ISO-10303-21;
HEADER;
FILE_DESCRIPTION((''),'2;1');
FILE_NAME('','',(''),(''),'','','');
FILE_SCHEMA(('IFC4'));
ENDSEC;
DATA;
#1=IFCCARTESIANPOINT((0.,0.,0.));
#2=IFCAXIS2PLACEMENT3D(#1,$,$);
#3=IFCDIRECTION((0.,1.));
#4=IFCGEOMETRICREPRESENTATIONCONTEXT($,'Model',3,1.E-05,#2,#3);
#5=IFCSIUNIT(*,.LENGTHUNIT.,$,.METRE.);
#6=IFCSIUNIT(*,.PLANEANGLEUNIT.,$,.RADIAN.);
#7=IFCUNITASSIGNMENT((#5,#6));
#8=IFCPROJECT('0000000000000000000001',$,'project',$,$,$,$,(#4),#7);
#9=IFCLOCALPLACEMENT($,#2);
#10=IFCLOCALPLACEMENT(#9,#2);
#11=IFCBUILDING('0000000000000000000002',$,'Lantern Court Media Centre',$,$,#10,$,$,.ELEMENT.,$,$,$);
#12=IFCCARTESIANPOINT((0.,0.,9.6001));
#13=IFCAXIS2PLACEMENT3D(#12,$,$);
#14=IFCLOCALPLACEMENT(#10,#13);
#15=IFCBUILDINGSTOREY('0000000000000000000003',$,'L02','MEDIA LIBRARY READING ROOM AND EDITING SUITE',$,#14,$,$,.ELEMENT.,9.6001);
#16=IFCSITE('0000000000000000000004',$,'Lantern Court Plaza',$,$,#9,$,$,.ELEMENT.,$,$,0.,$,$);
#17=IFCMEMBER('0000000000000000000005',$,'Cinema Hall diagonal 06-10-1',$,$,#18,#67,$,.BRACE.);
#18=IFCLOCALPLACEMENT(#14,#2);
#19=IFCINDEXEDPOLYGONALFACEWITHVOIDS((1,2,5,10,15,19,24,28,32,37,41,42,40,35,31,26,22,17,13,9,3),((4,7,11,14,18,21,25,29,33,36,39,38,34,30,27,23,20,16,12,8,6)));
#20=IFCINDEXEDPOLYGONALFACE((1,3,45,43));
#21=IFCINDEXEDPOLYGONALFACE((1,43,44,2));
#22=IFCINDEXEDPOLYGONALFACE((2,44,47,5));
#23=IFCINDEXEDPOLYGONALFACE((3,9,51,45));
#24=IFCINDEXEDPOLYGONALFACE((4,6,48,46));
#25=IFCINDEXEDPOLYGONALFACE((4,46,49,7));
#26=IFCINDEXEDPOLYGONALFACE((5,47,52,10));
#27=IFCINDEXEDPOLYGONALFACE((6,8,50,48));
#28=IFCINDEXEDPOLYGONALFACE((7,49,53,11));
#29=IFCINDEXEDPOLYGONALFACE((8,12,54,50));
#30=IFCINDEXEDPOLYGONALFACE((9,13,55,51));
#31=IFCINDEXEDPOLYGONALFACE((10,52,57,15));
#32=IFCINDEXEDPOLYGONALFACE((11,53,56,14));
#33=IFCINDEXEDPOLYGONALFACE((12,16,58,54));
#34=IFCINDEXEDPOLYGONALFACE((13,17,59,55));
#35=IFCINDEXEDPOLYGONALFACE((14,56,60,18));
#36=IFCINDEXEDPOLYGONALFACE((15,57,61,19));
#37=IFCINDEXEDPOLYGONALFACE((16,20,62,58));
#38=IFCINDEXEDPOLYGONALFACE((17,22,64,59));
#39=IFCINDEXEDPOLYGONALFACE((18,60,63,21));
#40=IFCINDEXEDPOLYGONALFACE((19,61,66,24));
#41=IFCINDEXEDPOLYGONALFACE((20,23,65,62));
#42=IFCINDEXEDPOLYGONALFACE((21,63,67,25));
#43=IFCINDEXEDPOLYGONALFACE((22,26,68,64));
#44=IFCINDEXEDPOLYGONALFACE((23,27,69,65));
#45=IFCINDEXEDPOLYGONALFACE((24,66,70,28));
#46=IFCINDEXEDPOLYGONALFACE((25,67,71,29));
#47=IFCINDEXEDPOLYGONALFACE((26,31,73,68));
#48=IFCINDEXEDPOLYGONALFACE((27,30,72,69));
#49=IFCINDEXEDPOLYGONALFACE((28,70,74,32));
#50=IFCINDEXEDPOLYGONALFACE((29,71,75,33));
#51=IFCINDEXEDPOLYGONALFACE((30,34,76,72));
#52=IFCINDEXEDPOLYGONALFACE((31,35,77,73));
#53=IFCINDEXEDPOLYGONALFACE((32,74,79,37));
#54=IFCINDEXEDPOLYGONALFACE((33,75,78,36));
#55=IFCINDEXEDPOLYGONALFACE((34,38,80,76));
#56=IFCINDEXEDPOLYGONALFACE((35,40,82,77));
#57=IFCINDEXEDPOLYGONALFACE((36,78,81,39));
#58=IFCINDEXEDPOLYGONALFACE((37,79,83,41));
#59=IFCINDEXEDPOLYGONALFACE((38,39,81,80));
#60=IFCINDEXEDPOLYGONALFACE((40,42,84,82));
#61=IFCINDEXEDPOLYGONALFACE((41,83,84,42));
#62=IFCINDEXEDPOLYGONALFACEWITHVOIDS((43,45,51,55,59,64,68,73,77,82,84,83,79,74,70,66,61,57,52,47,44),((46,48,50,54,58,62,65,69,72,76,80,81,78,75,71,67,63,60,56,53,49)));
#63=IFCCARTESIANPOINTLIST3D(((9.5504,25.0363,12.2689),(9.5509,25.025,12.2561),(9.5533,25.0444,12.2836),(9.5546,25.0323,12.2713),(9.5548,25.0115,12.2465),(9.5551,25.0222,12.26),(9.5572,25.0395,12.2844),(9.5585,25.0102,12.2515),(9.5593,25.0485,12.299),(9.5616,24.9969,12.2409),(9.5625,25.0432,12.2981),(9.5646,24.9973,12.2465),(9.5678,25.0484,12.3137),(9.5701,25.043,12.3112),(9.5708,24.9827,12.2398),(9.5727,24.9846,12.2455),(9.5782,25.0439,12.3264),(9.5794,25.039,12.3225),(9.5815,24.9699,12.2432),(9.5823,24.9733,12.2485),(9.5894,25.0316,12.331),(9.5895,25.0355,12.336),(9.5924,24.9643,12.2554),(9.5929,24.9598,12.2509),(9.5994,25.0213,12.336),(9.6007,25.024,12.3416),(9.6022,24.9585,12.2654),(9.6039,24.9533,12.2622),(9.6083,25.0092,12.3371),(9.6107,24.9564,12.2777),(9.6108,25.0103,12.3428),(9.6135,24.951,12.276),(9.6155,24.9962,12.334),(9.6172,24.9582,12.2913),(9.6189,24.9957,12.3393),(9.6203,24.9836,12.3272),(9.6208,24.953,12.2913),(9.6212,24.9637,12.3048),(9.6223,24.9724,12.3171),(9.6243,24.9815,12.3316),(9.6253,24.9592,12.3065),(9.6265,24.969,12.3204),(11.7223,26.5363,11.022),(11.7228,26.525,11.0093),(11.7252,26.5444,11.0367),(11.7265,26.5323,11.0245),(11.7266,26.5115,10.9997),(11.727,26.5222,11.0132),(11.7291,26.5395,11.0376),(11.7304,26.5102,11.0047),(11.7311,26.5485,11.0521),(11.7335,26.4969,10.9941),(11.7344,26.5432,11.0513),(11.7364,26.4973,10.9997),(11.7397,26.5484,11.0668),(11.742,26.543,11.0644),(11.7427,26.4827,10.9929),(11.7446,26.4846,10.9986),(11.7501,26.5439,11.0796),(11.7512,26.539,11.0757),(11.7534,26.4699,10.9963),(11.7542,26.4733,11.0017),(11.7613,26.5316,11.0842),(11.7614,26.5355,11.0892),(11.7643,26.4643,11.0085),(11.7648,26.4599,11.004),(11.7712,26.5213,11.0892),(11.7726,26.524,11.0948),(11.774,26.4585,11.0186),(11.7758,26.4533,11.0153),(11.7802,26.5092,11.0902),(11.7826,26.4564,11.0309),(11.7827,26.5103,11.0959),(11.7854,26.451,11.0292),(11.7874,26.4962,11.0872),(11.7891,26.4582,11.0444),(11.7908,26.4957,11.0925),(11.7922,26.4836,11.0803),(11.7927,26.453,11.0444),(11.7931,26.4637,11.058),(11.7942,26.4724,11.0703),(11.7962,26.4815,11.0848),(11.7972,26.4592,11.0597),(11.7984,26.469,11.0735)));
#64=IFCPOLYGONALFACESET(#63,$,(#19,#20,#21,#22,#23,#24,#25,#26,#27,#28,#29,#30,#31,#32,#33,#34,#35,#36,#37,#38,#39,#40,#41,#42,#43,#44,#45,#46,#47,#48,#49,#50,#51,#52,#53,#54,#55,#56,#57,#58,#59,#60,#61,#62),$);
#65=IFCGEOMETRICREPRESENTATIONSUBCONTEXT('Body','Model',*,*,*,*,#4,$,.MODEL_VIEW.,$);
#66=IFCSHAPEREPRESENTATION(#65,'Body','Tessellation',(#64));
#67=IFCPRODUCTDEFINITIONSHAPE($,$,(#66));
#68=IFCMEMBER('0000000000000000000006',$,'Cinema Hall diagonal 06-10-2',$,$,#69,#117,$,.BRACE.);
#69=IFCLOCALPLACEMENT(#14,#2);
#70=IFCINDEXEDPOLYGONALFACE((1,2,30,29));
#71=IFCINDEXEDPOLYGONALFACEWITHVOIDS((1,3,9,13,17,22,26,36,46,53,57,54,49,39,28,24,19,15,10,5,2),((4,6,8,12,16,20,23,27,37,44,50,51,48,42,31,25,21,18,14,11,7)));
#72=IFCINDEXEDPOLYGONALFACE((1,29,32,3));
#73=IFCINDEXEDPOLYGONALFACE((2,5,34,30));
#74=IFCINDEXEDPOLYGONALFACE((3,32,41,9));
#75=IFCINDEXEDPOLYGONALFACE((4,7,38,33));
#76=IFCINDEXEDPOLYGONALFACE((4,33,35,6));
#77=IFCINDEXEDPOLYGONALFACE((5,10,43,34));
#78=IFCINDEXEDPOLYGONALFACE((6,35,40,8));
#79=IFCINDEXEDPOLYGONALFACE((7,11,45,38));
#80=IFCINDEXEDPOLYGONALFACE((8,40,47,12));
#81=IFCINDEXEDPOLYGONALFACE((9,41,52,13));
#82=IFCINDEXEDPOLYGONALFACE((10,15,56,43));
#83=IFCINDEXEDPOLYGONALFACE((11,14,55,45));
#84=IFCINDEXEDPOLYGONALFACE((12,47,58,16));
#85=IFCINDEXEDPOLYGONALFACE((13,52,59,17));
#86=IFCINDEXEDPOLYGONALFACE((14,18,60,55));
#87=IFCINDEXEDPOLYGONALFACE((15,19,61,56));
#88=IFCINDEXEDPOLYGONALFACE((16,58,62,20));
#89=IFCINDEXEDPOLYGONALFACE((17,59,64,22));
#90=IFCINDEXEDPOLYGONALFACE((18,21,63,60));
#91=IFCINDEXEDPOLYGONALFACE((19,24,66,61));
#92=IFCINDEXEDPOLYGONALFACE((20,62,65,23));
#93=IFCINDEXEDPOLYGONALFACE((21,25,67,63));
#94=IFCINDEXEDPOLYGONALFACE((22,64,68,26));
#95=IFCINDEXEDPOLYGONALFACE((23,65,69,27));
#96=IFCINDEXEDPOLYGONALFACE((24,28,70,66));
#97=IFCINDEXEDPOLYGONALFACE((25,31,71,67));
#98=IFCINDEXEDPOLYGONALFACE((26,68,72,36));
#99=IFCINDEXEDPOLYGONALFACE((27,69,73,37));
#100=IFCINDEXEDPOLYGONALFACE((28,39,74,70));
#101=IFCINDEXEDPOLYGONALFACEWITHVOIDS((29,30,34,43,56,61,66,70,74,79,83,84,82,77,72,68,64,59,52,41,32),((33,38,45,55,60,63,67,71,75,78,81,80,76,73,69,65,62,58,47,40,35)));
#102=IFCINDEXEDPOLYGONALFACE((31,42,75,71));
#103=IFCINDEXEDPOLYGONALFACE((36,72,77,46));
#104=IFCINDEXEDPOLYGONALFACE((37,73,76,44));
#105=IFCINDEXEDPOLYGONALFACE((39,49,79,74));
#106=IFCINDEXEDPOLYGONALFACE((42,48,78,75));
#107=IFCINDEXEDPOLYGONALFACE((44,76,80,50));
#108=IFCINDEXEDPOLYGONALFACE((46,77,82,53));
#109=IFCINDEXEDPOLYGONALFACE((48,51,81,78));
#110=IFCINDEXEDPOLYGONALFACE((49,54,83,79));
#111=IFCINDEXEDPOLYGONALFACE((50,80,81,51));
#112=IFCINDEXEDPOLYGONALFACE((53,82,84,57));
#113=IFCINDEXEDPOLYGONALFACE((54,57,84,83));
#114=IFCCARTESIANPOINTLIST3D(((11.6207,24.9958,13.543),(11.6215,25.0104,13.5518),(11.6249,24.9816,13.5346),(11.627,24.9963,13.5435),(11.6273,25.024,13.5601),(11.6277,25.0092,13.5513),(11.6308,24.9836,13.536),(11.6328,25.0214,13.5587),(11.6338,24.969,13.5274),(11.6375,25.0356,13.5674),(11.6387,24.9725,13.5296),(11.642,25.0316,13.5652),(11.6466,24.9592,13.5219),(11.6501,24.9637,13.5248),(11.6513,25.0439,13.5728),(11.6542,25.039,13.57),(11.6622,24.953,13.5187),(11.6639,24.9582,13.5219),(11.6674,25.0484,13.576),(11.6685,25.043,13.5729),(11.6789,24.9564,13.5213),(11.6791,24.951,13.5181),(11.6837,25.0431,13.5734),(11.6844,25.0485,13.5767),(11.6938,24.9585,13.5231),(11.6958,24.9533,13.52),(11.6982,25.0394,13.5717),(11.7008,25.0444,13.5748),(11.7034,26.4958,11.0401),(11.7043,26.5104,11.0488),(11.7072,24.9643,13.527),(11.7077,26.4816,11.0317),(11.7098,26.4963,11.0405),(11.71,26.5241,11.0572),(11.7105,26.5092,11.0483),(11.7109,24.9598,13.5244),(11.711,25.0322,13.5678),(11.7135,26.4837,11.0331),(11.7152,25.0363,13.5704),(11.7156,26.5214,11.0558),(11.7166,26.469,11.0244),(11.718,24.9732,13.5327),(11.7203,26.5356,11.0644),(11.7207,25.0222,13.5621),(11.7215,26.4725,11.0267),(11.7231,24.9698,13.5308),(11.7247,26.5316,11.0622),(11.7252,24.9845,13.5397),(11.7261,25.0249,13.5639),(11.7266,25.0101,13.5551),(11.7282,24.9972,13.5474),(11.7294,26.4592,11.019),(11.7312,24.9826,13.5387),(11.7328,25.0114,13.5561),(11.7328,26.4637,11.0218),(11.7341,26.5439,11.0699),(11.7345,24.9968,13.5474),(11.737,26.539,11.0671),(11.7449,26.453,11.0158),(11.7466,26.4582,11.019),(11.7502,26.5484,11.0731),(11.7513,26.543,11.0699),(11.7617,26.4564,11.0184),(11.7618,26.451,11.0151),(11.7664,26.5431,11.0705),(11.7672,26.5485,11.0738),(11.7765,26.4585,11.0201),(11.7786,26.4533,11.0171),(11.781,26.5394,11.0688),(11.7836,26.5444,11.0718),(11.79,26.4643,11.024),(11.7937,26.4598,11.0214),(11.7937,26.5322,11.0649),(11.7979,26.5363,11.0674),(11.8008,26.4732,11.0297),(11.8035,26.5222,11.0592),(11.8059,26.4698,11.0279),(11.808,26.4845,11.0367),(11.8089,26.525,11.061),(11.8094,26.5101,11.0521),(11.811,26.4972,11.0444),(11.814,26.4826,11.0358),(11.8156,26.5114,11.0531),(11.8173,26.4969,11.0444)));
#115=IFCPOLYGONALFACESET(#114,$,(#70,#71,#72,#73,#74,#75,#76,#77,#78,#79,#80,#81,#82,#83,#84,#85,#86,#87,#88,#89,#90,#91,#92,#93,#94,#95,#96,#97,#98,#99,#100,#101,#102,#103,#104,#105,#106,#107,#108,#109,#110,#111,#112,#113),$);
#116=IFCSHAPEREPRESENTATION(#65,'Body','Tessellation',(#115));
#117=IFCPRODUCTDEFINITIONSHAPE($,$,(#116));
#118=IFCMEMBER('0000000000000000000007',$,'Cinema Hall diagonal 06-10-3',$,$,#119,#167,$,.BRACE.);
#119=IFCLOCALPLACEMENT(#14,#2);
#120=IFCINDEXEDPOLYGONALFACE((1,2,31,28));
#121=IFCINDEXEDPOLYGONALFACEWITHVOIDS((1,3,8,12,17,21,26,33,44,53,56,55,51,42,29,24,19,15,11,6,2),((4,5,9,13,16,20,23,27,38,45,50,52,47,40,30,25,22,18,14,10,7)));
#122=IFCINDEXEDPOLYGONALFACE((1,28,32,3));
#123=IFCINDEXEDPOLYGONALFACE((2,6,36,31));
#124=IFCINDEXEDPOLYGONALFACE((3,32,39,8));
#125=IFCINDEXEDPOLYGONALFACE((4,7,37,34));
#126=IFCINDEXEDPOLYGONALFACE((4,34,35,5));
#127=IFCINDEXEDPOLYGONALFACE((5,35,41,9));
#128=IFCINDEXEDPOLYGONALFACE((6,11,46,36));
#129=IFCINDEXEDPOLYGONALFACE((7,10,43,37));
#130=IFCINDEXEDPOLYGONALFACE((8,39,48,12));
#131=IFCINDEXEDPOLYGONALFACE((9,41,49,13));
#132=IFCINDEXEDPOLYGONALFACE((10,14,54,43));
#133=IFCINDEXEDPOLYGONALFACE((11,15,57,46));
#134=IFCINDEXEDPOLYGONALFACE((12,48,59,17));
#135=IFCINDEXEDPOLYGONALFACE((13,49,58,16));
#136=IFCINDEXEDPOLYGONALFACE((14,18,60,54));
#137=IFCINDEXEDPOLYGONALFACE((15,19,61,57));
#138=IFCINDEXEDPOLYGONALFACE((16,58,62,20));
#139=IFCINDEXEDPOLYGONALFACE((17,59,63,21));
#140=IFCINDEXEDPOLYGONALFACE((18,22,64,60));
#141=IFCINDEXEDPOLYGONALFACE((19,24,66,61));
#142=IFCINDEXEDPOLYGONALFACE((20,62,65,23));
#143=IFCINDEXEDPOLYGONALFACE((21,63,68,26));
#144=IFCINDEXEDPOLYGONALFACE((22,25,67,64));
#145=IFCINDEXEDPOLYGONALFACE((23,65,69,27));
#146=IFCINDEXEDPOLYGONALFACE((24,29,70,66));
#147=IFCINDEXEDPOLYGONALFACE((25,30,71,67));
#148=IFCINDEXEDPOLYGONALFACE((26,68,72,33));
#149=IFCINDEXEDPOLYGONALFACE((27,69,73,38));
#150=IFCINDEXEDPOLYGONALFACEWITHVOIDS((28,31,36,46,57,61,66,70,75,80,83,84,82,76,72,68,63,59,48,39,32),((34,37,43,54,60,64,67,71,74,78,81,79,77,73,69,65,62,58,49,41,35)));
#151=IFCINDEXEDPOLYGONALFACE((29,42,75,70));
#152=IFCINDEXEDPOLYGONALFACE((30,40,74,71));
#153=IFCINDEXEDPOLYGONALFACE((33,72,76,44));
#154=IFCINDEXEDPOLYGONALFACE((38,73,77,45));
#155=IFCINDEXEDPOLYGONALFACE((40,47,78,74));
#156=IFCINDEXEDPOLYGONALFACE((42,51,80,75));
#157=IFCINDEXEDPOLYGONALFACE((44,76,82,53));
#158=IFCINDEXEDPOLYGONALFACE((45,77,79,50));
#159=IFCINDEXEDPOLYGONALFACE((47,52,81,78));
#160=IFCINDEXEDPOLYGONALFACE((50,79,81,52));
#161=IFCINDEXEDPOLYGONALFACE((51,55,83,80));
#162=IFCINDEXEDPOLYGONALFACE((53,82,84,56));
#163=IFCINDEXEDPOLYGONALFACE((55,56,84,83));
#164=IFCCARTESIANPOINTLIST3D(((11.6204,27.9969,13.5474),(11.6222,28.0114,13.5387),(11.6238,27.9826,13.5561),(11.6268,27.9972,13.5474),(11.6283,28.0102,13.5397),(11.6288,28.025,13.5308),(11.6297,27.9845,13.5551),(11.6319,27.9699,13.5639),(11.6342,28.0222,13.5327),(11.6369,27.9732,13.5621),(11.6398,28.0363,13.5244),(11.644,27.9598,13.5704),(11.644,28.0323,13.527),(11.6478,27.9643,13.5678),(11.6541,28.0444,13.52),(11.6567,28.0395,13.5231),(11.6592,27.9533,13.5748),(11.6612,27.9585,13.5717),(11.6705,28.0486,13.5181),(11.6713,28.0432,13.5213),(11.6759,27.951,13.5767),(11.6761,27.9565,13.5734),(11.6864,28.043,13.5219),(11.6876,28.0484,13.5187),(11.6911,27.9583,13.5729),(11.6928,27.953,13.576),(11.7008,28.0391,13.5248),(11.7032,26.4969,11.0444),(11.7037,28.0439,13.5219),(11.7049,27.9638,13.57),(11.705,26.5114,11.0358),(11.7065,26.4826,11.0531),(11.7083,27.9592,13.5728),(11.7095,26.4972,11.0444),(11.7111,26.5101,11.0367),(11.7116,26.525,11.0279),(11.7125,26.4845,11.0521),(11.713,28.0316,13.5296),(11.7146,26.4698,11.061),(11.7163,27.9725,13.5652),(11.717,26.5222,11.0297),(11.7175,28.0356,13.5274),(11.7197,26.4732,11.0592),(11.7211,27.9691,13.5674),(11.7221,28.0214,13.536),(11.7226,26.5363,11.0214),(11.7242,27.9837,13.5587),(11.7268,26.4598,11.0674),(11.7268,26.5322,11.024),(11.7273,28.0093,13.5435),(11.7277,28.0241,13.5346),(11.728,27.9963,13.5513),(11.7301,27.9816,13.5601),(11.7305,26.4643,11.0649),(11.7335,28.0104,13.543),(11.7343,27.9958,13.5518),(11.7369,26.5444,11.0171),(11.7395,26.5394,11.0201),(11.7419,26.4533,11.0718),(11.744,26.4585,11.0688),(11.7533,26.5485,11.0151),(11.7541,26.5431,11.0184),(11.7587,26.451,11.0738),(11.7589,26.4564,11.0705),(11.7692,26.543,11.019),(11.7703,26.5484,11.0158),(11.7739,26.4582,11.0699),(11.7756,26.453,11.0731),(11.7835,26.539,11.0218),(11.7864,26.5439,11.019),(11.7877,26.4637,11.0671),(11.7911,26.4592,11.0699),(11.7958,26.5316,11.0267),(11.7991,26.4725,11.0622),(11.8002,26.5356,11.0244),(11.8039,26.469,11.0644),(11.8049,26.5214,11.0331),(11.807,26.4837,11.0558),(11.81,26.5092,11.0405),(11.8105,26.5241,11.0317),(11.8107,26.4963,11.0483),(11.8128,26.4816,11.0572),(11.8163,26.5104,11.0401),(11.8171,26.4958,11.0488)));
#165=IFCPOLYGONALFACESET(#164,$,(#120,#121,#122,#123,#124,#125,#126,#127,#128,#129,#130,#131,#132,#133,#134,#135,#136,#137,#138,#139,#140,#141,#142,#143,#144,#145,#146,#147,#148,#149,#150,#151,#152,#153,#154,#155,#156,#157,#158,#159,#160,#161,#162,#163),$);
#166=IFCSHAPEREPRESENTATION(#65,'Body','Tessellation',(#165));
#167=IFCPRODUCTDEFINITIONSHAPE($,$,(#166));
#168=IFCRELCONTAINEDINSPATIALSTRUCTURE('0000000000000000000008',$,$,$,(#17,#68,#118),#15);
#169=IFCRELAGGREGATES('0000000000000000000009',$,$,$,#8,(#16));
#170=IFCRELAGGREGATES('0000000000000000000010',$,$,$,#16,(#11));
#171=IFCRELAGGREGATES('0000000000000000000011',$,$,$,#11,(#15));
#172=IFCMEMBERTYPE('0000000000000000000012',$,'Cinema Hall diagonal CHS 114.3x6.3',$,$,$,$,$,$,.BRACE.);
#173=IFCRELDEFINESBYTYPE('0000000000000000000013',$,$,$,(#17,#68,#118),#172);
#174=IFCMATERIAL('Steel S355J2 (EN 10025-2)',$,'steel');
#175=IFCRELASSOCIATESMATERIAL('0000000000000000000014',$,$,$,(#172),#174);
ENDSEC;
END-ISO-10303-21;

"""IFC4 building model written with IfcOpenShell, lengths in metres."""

from ifc_helpers import new_model, si_unit, direction, frame, origin, origin_2d, place, context, subcontext, project, spatial, hollow_circle, extrude, material, material_profile, profile_set, type_object, element, save


model = new_model("IFC4")

# Units and contexts
model_context = context("Model", 3, precision=1e-05, world=origin(), true_north=direction((0.0, 1.0)))
body_context = subcontext(model_context, "Body", "Model", "MODEL_VIEW")
ifc_project = project(units=[si_unit("LENGTHUNIT", "METRE"), si_unit("PLANEANGLEUNIT", "RADIAN")], contexts=[model_context])

# Site, building, storey
site_placement = place(None, origin())
site = spatial("IfcSite", under=ifc_project, at=site_placement, Name="Lantern Court Plaza", CompositionType="ELEMENT", RefElevation=0.0)
building_placement = place(site_placement, origin())
building = spatial("IfcBuilding", under=site, at=building_placement, Name="Lantern Court Media Centre", CompositionType="ELEMENT")
storey_placement = place(building_placement, frame((0.0, 0.0, 9.6001)))
storey = spatial("IfcBuildingStorey", under=building, at=storey_placement, Name="L02", Description="MEDIA LIBRARY READING ROOM AND EDITING SUITE", CompositionType="ELEMENT", Elevation=9.6001)

# Members
ifc_material = material(Name="Steel S355J2 (EN 10025-2)", Category="steel")
ifc_material_profile_1 = material_profile(ifc_material, hollow_circle(Radius=0.0571, WallThickness=0.0063, at=origin_2d()), Name="Cinema Hall diagonal CHS 114.3x6.3")
ifc_profile_set_1 = profile_set([ifc_material_profile_1], Name="Steel S355J2 (EN 10025-2)")
member_type_1 = type_object("IfcMemberType", Name="Cinema Hall diagonal CHS 114.3x6.3", PredefinedType="BRACE", material=ifc_profile_set_1)
for number, where, z_axis, x_axis, name in (
    (1, (11.7603, 26.5, 11.0444), (-0.744002, -0.513843, 0.427115), (0.568286, -0.822831, 0.0), "Cinema Hall diagonal 06-10-1"),
    (2, (11.7603, 26.5, 11.0444), (-0.028352, -0.513846, 0.857414), (0.998481, -0.055092, 0.0), "Cinema Hall diagonal 06-10-2"),
    (3, (11.7603, 26.5, 11.0444), (-0.028352, 0.513846, 0.857414), (-0.998481, -0.055092, 0.0), "Cinema Hall diagonal 06-10-3"),
):
    element("IfcMember", number, at=place(storey_placement, frame(where, z_axis=z_axis, x_axis=x_axis)), inside=storey, type_object=member_type_1, Name=name, PredefinedType="BRACE", context=body_context, shape_type="SweptSolid", body=[
        extrude(hollow_circle(Radius=0.0571, WallThickness=0.0063, at=origin_2d()), origin(), (0.0, 0.0, 1.0), 2.9192),
    ])

save(model, "model.ifc")
